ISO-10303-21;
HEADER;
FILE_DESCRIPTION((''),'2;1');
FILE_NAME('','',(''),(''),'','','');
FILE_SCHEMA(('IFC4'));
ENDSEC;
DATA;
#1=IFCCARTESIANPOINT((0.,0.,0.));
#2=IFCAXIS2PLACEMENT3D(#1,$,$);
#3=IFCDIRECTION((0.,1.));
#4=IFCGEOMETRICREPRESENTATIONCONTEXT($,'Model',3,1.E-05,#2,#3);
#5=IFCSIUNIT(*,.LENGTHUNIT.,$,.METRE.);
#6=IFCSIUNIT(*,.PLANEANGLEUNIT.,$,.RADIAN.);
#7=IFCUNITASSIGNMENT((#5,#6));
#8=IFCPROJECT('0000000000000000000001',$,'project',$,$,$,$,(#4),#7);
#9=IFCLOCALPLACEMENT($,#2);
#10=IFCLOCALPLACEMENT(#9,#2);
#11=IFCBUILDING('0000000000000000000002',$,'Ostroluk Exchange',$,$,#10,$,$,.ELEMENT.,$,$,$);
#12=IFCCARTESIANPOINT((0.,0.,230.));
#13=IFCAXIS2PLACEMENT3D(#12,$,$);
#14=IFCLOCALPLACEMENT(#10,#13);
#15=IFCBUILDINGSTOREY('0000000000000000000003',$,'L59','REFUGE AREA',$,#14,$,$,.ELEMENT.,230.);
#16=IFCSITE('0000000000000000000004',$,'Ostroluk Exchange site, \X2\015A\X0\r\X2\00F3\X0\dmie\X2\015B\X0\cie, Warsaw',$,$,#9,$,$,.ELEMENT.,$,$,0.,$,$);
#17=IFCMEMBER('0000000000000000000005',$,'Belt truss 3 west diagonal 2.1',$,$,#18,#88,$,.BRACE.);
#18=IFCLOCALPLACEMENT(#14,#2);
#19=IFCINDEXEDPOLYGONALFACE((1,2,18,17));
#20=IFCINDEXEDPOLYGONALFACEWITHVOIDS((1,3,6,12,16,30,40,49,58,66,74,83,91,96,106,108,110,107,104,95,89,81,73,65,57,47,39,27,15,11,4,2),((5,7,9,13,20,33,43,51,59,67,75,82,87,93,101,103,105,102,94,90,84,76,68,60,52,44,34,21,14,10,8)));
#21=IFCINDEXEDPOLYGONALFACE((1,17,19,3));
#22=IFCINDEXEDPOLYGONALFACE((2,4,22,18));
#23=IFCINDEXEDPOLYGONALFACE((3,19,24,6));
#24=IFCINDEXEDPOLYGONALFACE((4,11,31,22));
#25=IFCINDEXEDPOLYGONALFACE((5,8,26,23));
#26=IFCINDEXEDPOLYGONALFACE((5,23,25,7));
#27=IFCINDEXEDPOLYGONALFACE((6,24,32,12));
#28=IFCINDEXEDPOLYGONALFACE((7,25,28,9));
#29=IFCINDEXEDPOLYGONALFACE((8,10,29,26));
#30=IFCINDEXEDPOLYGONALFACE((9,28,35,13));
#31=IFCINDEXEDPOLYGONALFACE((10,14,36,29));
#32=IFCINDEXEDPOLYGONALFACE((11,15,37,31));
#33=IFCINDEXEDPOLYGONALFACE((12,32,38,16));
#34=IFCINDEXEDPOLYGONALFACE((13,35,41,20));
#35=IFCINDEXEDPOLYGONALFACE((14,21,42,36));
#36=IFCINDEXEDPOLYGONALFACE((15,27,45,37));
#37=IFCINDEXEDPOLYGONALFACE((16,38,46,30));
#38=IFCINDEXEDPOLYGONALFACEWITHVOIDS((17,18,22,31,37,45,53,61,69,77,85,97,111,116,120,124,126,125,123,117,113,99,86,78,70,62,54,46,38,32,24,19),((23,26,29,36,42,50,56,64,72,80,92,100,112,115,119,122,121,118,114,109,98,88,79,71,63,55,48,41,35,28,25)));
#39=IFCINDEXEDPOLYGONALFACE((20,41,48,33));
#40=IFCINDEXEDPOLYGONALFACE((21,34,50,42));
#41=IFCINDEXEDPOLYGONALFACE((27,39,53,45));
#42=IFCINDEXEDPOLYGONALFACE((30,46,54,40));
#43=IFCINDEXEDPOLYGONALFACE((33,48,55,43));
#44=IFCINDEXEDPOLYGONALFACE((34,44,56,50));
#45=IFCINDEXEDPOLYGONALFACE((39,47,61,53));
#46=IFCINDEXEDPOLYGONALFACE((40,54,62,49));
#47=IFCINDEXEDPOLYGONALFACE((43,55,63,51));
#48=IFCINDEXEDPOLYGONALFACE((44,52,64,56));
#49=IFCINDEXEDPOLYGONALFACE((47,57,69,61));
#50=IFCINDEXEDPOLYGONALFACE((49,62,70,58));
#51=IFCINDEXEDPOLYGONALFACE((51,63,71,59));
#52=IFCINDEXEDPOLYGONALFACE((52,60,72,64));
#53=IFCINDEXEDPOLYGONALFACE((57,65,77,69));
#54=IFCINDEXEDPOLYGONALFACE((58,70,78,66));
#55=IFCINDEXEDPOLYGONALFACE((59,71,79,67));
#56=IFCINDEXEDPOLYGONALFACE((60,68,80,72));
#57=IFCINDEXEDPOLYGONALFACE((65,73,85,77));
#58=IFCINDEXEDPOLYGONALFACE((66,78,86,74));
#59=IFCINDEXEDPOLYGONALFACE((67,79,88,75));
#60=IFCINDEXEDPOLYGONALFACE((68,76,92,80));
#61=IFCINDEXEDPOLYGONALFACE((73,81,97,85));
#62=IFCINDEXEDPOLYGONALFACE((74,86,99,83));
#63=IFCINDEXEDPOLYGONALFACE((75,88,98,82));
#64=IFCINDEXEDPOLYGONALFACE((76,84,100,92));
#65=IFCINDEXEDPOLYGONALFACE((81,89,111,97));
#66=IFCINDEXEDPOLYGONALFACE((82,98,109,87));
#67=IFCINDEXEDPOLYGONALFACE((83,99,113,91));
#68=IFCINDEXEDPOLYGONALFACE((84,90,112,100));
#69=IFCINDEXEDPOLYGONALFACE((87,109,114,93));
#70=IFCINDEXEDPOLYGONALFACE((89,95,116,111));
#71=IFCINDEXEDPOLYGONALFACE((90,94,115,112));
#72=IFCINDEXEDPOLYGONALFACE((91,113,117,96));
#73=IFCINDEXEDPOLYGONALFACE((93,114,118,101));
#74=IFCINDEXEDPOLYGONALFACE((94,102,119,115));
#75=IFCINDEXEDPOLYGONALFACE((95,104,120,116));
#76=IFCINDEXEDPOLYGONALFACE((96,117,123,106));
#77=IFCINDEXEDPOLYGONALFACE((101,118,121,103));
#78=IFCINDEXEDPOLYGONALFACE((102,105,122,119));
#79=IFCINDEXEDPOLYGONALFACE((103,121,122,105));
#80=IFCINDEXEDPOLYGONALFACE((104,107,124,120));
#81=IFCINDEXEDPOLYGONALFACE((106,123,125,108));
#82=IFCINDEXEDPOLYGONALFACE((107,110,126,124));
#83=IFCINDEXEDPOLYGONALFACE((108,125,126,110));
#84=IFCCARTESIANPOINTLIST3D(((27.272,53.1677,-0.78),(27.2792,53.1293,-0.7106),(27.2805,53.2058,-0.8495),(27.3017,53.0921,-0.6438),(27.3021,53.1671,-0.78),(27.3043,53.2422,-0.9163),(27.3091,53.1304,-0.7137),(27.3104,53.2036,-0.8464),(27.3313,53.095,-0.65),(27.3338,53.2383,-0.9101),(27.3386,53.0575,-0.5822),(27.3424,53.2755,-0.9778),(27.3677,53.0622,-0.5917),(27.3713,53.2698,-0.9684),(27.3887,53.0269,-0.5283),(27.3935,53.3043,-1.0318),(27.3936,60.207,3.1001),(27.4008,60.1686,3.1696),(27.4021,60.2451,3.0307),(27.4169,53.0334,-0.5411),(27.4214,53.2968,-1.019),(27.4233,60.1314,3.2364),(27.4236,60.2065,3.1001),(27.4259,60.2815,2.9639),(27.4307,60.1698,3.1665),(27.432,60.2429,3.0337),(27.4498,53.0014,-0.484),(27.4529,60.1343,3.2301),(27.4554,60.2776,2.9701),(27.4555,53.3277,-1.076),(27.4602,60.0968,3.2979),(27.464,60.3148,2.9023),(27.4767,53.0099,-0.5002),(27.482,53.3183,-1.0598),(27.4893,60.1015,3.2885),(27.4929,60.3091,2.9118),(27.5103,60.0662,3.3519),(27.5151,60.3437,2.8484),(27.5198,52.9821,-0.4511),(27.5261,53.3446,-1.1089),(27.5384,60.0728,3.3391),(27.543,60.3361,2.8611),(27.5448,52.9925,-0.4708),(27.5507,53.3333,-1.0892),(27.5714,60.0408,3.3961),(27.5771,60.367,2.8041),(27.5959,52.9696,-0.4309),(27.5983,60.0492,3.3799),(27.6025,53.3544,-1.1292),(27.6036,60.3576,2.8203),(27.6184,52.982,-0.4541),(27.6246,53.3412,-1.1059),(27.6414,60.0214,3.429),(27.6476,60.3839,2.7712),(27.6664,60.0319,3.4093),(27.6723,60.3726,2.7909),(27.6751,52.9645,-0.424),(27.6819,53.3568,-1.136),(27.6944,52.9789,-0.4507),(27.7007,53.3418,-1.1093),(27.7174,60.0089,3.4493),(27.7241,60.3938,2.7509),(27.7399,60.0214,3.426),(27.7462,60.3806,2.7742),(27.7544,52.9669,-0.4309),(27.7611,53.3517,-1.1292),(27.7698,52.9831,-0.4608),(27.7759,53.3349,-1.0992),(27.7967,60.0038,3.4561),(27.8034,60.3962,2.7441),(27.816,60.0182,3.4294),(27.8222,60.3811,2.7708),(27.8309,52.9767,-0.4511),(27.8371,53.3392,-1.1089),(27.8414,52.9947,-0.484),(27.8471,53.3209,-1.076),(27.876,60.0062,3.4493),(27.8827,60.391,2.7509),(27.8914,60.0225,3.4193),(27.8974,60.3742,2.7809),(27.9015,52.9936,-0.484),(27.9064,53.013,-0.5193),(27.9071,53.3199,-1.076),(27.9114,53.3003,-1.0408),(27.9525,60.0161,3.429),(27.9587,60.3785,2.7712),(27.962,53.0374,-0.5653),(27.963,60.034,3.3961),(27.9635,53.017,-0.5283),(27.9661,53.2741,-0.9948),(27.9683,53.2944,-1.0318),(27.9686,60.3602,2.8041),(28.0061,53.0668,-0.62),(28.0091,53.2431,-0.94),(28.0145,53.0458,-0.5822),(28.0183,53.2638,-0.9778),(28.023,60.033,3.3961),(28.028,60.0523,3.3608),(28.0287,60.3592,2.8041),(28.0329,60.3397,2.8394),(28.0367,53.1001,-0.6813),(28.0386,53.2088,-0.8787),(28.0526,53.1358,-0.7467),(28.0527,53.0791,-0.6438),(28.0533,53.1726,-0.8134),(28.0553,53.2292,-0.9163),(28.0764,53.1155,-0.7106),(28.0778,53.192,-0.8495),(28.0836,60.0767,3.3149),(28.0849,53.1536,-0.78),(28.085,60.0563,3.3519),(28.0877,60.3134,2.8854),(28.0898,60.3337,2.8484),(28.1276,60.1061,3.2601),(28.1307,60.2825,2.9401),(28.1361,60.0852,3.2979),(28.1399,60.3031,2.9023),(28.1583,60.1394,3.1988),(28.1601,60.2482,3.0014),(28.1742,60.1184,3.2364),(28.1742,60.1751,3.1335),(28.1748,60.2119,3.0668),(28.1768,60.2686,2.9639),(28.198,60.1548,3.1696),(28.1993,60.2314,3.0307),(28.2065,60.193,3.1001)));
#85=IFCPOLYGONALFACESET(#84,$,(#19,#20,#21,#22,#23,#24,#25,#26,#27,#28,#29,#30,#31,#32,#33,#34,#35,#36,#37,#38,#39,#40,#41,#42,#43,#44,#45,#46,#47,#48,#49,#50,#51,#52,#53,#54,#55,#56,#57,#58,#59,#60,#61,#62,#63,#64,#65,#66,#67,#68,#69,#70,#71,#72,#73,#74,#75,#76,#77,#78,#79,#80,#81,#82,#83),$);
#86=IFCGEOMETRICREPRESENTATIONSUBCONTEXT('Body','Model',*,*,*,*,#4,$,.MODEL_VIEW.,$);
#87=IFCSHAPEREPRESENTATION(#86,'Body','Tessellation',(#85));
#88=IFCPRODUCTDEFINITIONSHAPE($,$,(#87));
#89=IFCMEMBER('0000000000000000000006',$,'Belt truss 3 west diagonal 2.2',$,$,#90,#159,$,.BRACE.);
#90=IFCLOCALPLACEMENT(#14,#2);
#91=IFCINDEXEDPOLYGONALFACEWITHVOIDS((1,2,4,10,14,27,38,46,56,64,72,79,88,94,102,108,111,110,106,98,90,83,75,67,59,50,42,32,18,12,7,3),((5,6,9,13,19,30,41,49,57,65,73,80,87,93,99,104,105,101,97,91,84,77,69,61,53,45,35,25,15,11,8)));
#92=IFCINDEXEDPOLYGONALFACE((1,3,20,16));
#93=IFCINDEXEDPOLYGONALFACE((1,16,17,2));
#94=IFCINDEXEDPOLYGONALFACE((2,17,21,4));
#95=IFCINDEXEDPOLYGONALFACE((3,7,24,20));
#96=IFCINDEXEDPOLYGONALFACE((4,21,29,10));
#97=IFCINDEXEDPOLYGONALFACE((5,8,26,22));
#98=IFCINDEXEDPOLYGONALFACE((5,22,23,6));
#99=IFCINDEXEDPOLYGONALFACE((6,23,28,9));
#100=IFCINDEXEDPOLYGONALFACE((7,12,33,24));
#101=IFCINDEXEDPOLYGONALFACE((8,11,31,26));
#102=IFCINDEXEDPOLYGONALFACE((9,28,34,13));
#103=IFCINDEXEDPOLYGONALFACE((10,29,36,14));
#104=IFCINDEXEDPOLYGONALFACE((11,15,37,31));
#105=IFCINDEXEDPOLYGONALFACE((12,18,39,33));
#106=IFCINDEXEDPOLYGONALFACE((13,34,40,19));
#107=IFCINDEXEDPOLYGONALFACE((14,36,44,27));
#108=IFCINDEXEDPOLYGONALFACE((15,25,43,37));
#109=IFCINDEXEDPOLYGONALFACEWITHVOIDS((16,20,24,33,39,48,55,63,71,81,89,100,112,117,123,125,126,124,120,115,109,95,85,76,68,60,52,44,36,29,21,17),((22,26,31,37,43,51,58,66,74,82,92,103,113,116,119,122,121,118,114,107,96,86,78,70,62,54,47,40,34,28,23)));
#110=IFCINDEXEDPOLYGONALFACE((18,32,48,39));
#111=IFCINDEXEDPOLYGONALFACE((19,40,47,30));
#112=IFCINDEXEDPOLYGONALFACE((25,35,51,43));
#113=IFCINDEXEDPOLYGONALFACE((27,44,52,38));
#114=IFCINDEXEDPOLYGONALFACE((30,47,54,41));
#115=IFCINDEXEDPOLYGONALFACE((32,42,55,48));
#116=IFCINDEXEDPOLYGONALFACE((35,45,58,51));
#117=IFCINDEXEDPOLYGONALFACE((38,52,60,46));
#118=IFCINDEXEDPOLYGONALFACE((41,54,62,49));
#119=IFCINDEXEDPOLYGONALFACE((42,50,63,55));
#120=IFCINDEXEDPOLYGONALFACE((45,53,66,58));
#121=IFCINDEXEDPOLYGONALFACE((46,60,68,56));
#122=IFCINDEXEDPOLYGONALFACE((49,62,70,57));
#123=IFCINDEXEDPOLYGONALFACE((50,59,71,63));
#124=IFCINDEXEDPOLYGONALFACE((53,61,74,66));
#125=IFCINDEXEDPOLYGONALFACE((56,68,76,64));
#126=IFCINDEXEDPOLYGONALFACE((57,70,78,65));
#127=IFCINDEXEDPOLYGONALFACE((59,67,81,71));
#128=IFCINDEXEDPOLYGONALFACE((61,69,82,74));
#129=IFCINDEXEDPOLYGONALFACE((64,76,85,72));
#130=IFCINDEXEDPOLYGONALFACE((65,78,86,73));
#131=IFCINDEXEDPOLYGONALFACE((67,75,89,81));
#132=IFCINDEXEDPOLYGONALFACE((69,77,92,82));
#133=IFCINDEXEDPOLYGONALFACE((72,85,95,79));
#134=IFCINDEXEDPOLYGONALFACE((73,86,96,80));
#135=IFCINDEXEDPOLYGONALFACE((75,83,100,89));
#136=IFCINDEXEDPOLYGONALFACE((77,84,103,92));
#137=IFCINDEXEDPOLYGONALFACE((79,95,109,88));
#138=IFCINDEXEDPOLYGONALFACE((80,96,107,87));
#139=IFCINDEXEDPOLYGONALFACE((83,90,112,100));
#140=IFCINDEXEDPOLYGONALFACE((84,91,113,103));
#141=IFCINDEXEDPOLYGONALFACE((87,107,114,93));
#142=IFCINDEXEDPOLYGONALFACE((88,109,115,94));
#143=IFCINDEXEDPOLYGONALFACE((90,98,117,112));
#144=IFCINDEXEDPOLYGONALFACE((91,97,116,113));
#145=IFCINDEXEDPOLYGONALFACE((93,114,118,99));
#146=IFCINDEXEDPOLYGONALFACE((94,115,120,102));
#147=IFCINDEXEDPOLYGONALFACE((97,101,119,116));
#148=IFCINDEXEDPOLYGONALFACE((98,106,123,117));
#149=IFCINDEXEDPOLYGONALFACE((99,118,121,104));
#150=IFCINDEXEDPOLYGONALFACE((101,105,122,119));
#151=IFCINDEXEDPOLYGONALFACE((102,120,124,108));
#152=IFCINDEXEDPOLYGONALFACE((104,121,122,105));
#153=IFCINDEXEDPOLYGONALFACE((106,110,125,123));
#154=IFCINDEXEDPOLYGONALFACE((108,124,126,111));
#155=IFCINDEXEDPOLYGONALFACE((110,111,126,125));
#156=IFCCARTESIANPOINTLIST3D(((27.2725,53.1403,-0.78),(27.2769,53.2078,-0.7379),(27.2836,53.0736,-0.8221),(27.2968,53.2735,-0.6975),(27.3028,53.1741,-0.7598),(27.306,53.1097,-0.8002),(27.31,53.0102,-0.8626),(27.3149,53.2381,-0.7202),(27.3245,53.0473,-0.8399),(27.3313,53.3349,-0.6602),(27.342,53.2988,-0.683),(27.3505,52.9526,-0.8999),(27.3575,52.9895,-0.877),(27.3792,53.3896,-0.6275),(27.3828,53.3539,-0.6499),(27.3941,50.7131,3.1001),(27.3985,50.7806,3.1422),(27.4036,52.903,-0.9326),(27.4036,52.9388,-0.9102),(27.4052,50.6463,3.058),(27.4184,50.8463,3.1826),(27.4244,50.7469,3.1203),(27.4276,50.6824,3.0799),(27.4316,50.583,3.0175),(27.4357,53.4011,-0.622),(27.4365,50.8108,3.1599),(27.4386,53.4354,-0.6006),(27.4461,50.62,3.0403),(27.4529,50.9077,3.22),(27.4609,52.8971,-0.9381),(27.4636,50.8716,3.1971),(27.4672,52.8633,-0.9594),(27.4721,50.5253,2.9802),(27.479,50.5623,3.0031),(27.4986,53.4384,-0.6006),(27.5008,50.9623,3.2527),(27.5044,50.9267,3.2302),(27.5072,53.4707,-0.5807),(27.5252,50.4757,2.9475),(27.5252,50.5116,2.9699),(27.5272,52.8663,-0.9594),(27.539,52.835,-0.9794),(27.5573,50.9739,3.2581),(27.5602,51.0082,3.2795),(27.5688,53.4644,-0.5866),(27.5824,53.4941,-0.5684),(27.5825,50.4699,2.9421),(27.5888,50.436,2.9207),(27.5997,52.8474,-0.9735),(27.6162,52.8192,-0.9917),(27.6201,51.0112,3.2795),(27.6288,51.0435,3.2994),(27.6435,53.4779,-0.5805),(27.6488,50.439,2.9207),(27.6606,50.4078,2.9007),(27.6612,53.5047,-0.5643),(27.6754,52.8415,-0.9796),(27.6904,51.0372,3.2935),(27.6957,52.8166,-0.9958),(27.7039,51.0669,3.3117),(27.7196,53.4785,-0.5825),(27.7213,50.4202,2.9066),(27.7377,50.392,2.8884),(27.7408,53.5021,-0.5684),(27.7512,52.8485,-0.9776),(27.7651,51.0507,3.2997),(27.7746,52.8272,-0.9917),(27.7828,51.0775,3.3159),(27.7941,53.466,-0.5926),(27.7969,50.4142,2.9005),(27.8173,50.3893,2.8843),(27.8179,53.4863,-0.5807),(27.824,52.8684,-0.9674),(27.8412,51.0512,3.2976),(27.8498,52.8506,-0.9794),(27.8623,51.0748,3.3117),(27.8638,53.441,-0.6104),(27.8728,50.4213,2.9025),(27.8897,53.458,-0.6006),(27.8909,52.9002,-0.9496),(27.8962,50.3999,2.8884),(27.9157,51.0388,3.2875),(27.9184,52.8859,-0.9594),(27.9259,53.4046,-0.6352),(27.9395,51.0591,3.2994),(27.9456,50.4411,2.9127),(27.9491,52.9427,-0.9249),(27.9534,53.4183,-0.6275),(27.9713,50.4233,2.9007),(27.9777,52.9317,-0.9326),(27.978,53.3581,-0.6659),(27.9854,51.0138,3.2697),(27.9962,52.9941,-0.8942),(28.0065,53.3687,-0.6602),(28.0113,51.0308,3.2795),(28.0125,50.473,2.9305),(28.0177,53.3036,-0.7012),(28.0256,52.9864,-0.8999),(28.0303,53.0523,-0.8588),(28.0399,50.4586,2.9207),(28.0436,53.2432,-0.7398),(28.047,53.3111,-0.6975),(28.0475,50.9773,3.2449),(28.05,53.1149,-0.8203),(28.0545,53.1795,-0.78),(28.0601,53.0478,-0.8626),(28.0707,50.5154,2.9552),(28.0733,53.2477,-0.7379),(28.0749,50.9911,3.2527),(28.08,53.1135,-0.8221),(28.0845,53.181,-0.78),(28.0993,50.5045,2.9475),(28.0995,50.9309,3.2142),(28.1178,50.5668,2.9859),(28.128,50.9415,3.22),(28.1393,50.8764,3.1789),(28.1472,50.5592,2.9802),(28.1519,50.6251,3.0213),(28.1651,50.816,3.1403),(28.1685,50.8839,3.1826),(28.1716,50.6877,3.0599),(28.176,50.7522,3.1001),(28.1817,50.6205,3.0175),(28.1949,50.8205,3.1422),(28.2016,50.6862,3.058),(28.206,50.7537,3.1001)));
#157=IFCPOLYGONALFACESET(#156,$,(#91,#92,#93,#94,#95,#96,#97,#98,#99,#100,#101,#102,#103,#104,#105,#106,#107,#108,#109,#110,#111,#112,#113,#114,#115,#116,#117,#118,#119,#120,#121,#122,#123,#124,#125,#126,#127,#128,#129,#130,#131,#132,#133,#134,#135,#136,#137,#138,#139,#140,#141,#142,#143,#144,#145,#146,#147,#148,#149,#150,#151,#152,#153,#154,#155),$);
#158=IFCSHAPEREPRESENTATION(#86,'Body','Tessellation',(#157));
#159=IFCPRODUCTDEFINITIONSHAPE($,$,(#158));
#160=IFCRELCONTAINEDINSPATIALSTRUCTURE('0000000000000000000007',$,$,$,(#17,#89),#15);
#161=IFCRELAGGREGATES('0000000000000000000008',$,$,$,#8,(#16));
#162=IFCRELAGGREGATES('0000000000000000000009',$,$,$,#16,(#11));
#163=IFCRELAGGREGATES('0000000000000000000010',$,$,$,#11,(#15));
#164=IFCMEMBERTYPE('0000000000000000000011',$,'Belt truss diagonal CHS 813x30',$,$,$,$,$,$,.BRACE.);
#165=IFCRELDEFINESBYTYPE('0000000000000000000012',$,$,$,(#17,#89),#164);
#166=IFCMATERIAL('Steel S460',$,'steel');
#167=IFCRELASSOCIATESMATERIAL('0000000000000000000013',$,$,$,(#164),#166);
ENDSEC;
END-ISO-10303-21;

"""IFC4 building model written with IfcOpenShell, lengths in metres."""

from ifc_helpers import new_model, si_unit, direction, frame, origin, origin_2d, place, context, subcontext, project, spatial, hollow_circle, extrude, material, material_profile, profile_set, type_object, element, save


model = new_model("IFC4")

# Units and contexts
model_context = context("Model", 3, precision=1e-05, world=origin(), true_north=direction((0.0, 1.0)))
body_context = subcontext(model_context, "Body", "Model", "MODEL_VIEW")
ifc_project = project(units=[si_unit("LENGTHUNIT", "METRE"), si_unit("PLANEANGLEUNIT", "RADIAN")], contexts=[model_context])

# Site, building, storey
site_placement = place(None, origin())
site = spatial("IfcSite", under=ifc_project, at=site_placement, Name="Ostroluk Exchange site, Śródmieście, Warsaw", CompositionType="ELEMENT", RefElevation=0.0)
building_placement = place(site_placement, origin())
building = spatial("IfcBuilding", under=site, at=building_placement, Name="Ostroluk Exchange", CompositionType="ELEMENT")
storey_placement = place(building_placement, frame((0.0, 0.0, 230.0)))
storey = spatial("IfcBuildingStorey", under=building, at=storey_placement, Name="L59", Description="REFUGE AREA", CompositionType="ELEMENT", Elevation=230.0)

# Members
ifc_material_1 = material(Name="Steel S460", Category="steel")
ifc_material_profile_1 = material_profile(ifc_material_1, hollow_circle(Radius=0.4065, WallThickness=0.03, at=origin_2d()), Name="CHS 813x30")
ifc_profile_set_1 = profile_set([ifc_material_profile_1], Name="Steel S460")
member_type_1 = type_object("IfcMemberType", Name="Belt truss diagonal CHS 813x30", PredefinedType="BRACE", material=ifc_profile_set_1)
member_1_placement = place(storey_placement, frame((27.6785, 53.1606, -0.78), z_axis=(0.015124, 0.875668, 0.482676), x_axis=(-0.999851, 0.017269, 0.0)))
element("IfcMember", 1, at=member_1_placement, inside=storey, type_object=member_type_1, Name="Belt truss 3 west diagonal 2.1", PredefinedType="BRACE", context=body_context, shape_type="SweptSolid", body=[
    extrude(hollow_circle(Radius=0.4065, WallThickness=0.03, at=origin_2d()), origin(), (0.0, 0.0, 1.0), 8.0388),
])
member_2_placement = place(storey_placement, frame((27.6785, 53.1606, -0.78), z_axis=(0.026556, -0.530152, 0.847486), x_axis=(0.998748, 0.050028, 0.0)))
element("IfcMember", 2, at=member_2_placement, inside=storey, type_object=member_type_1, Name="Belt truss 3 west diagonal 2.2", PredefinedType="BRACE", context=body_context, shape_type="SweptSolid", body=[
    extrude(hollow_circle(Radius=0.4065, WallThickness=0.03, at=origin_2d()), origin(), (0.0, 0.0, 1.0), 4.5784),
])

save(model, "model.ifc")
